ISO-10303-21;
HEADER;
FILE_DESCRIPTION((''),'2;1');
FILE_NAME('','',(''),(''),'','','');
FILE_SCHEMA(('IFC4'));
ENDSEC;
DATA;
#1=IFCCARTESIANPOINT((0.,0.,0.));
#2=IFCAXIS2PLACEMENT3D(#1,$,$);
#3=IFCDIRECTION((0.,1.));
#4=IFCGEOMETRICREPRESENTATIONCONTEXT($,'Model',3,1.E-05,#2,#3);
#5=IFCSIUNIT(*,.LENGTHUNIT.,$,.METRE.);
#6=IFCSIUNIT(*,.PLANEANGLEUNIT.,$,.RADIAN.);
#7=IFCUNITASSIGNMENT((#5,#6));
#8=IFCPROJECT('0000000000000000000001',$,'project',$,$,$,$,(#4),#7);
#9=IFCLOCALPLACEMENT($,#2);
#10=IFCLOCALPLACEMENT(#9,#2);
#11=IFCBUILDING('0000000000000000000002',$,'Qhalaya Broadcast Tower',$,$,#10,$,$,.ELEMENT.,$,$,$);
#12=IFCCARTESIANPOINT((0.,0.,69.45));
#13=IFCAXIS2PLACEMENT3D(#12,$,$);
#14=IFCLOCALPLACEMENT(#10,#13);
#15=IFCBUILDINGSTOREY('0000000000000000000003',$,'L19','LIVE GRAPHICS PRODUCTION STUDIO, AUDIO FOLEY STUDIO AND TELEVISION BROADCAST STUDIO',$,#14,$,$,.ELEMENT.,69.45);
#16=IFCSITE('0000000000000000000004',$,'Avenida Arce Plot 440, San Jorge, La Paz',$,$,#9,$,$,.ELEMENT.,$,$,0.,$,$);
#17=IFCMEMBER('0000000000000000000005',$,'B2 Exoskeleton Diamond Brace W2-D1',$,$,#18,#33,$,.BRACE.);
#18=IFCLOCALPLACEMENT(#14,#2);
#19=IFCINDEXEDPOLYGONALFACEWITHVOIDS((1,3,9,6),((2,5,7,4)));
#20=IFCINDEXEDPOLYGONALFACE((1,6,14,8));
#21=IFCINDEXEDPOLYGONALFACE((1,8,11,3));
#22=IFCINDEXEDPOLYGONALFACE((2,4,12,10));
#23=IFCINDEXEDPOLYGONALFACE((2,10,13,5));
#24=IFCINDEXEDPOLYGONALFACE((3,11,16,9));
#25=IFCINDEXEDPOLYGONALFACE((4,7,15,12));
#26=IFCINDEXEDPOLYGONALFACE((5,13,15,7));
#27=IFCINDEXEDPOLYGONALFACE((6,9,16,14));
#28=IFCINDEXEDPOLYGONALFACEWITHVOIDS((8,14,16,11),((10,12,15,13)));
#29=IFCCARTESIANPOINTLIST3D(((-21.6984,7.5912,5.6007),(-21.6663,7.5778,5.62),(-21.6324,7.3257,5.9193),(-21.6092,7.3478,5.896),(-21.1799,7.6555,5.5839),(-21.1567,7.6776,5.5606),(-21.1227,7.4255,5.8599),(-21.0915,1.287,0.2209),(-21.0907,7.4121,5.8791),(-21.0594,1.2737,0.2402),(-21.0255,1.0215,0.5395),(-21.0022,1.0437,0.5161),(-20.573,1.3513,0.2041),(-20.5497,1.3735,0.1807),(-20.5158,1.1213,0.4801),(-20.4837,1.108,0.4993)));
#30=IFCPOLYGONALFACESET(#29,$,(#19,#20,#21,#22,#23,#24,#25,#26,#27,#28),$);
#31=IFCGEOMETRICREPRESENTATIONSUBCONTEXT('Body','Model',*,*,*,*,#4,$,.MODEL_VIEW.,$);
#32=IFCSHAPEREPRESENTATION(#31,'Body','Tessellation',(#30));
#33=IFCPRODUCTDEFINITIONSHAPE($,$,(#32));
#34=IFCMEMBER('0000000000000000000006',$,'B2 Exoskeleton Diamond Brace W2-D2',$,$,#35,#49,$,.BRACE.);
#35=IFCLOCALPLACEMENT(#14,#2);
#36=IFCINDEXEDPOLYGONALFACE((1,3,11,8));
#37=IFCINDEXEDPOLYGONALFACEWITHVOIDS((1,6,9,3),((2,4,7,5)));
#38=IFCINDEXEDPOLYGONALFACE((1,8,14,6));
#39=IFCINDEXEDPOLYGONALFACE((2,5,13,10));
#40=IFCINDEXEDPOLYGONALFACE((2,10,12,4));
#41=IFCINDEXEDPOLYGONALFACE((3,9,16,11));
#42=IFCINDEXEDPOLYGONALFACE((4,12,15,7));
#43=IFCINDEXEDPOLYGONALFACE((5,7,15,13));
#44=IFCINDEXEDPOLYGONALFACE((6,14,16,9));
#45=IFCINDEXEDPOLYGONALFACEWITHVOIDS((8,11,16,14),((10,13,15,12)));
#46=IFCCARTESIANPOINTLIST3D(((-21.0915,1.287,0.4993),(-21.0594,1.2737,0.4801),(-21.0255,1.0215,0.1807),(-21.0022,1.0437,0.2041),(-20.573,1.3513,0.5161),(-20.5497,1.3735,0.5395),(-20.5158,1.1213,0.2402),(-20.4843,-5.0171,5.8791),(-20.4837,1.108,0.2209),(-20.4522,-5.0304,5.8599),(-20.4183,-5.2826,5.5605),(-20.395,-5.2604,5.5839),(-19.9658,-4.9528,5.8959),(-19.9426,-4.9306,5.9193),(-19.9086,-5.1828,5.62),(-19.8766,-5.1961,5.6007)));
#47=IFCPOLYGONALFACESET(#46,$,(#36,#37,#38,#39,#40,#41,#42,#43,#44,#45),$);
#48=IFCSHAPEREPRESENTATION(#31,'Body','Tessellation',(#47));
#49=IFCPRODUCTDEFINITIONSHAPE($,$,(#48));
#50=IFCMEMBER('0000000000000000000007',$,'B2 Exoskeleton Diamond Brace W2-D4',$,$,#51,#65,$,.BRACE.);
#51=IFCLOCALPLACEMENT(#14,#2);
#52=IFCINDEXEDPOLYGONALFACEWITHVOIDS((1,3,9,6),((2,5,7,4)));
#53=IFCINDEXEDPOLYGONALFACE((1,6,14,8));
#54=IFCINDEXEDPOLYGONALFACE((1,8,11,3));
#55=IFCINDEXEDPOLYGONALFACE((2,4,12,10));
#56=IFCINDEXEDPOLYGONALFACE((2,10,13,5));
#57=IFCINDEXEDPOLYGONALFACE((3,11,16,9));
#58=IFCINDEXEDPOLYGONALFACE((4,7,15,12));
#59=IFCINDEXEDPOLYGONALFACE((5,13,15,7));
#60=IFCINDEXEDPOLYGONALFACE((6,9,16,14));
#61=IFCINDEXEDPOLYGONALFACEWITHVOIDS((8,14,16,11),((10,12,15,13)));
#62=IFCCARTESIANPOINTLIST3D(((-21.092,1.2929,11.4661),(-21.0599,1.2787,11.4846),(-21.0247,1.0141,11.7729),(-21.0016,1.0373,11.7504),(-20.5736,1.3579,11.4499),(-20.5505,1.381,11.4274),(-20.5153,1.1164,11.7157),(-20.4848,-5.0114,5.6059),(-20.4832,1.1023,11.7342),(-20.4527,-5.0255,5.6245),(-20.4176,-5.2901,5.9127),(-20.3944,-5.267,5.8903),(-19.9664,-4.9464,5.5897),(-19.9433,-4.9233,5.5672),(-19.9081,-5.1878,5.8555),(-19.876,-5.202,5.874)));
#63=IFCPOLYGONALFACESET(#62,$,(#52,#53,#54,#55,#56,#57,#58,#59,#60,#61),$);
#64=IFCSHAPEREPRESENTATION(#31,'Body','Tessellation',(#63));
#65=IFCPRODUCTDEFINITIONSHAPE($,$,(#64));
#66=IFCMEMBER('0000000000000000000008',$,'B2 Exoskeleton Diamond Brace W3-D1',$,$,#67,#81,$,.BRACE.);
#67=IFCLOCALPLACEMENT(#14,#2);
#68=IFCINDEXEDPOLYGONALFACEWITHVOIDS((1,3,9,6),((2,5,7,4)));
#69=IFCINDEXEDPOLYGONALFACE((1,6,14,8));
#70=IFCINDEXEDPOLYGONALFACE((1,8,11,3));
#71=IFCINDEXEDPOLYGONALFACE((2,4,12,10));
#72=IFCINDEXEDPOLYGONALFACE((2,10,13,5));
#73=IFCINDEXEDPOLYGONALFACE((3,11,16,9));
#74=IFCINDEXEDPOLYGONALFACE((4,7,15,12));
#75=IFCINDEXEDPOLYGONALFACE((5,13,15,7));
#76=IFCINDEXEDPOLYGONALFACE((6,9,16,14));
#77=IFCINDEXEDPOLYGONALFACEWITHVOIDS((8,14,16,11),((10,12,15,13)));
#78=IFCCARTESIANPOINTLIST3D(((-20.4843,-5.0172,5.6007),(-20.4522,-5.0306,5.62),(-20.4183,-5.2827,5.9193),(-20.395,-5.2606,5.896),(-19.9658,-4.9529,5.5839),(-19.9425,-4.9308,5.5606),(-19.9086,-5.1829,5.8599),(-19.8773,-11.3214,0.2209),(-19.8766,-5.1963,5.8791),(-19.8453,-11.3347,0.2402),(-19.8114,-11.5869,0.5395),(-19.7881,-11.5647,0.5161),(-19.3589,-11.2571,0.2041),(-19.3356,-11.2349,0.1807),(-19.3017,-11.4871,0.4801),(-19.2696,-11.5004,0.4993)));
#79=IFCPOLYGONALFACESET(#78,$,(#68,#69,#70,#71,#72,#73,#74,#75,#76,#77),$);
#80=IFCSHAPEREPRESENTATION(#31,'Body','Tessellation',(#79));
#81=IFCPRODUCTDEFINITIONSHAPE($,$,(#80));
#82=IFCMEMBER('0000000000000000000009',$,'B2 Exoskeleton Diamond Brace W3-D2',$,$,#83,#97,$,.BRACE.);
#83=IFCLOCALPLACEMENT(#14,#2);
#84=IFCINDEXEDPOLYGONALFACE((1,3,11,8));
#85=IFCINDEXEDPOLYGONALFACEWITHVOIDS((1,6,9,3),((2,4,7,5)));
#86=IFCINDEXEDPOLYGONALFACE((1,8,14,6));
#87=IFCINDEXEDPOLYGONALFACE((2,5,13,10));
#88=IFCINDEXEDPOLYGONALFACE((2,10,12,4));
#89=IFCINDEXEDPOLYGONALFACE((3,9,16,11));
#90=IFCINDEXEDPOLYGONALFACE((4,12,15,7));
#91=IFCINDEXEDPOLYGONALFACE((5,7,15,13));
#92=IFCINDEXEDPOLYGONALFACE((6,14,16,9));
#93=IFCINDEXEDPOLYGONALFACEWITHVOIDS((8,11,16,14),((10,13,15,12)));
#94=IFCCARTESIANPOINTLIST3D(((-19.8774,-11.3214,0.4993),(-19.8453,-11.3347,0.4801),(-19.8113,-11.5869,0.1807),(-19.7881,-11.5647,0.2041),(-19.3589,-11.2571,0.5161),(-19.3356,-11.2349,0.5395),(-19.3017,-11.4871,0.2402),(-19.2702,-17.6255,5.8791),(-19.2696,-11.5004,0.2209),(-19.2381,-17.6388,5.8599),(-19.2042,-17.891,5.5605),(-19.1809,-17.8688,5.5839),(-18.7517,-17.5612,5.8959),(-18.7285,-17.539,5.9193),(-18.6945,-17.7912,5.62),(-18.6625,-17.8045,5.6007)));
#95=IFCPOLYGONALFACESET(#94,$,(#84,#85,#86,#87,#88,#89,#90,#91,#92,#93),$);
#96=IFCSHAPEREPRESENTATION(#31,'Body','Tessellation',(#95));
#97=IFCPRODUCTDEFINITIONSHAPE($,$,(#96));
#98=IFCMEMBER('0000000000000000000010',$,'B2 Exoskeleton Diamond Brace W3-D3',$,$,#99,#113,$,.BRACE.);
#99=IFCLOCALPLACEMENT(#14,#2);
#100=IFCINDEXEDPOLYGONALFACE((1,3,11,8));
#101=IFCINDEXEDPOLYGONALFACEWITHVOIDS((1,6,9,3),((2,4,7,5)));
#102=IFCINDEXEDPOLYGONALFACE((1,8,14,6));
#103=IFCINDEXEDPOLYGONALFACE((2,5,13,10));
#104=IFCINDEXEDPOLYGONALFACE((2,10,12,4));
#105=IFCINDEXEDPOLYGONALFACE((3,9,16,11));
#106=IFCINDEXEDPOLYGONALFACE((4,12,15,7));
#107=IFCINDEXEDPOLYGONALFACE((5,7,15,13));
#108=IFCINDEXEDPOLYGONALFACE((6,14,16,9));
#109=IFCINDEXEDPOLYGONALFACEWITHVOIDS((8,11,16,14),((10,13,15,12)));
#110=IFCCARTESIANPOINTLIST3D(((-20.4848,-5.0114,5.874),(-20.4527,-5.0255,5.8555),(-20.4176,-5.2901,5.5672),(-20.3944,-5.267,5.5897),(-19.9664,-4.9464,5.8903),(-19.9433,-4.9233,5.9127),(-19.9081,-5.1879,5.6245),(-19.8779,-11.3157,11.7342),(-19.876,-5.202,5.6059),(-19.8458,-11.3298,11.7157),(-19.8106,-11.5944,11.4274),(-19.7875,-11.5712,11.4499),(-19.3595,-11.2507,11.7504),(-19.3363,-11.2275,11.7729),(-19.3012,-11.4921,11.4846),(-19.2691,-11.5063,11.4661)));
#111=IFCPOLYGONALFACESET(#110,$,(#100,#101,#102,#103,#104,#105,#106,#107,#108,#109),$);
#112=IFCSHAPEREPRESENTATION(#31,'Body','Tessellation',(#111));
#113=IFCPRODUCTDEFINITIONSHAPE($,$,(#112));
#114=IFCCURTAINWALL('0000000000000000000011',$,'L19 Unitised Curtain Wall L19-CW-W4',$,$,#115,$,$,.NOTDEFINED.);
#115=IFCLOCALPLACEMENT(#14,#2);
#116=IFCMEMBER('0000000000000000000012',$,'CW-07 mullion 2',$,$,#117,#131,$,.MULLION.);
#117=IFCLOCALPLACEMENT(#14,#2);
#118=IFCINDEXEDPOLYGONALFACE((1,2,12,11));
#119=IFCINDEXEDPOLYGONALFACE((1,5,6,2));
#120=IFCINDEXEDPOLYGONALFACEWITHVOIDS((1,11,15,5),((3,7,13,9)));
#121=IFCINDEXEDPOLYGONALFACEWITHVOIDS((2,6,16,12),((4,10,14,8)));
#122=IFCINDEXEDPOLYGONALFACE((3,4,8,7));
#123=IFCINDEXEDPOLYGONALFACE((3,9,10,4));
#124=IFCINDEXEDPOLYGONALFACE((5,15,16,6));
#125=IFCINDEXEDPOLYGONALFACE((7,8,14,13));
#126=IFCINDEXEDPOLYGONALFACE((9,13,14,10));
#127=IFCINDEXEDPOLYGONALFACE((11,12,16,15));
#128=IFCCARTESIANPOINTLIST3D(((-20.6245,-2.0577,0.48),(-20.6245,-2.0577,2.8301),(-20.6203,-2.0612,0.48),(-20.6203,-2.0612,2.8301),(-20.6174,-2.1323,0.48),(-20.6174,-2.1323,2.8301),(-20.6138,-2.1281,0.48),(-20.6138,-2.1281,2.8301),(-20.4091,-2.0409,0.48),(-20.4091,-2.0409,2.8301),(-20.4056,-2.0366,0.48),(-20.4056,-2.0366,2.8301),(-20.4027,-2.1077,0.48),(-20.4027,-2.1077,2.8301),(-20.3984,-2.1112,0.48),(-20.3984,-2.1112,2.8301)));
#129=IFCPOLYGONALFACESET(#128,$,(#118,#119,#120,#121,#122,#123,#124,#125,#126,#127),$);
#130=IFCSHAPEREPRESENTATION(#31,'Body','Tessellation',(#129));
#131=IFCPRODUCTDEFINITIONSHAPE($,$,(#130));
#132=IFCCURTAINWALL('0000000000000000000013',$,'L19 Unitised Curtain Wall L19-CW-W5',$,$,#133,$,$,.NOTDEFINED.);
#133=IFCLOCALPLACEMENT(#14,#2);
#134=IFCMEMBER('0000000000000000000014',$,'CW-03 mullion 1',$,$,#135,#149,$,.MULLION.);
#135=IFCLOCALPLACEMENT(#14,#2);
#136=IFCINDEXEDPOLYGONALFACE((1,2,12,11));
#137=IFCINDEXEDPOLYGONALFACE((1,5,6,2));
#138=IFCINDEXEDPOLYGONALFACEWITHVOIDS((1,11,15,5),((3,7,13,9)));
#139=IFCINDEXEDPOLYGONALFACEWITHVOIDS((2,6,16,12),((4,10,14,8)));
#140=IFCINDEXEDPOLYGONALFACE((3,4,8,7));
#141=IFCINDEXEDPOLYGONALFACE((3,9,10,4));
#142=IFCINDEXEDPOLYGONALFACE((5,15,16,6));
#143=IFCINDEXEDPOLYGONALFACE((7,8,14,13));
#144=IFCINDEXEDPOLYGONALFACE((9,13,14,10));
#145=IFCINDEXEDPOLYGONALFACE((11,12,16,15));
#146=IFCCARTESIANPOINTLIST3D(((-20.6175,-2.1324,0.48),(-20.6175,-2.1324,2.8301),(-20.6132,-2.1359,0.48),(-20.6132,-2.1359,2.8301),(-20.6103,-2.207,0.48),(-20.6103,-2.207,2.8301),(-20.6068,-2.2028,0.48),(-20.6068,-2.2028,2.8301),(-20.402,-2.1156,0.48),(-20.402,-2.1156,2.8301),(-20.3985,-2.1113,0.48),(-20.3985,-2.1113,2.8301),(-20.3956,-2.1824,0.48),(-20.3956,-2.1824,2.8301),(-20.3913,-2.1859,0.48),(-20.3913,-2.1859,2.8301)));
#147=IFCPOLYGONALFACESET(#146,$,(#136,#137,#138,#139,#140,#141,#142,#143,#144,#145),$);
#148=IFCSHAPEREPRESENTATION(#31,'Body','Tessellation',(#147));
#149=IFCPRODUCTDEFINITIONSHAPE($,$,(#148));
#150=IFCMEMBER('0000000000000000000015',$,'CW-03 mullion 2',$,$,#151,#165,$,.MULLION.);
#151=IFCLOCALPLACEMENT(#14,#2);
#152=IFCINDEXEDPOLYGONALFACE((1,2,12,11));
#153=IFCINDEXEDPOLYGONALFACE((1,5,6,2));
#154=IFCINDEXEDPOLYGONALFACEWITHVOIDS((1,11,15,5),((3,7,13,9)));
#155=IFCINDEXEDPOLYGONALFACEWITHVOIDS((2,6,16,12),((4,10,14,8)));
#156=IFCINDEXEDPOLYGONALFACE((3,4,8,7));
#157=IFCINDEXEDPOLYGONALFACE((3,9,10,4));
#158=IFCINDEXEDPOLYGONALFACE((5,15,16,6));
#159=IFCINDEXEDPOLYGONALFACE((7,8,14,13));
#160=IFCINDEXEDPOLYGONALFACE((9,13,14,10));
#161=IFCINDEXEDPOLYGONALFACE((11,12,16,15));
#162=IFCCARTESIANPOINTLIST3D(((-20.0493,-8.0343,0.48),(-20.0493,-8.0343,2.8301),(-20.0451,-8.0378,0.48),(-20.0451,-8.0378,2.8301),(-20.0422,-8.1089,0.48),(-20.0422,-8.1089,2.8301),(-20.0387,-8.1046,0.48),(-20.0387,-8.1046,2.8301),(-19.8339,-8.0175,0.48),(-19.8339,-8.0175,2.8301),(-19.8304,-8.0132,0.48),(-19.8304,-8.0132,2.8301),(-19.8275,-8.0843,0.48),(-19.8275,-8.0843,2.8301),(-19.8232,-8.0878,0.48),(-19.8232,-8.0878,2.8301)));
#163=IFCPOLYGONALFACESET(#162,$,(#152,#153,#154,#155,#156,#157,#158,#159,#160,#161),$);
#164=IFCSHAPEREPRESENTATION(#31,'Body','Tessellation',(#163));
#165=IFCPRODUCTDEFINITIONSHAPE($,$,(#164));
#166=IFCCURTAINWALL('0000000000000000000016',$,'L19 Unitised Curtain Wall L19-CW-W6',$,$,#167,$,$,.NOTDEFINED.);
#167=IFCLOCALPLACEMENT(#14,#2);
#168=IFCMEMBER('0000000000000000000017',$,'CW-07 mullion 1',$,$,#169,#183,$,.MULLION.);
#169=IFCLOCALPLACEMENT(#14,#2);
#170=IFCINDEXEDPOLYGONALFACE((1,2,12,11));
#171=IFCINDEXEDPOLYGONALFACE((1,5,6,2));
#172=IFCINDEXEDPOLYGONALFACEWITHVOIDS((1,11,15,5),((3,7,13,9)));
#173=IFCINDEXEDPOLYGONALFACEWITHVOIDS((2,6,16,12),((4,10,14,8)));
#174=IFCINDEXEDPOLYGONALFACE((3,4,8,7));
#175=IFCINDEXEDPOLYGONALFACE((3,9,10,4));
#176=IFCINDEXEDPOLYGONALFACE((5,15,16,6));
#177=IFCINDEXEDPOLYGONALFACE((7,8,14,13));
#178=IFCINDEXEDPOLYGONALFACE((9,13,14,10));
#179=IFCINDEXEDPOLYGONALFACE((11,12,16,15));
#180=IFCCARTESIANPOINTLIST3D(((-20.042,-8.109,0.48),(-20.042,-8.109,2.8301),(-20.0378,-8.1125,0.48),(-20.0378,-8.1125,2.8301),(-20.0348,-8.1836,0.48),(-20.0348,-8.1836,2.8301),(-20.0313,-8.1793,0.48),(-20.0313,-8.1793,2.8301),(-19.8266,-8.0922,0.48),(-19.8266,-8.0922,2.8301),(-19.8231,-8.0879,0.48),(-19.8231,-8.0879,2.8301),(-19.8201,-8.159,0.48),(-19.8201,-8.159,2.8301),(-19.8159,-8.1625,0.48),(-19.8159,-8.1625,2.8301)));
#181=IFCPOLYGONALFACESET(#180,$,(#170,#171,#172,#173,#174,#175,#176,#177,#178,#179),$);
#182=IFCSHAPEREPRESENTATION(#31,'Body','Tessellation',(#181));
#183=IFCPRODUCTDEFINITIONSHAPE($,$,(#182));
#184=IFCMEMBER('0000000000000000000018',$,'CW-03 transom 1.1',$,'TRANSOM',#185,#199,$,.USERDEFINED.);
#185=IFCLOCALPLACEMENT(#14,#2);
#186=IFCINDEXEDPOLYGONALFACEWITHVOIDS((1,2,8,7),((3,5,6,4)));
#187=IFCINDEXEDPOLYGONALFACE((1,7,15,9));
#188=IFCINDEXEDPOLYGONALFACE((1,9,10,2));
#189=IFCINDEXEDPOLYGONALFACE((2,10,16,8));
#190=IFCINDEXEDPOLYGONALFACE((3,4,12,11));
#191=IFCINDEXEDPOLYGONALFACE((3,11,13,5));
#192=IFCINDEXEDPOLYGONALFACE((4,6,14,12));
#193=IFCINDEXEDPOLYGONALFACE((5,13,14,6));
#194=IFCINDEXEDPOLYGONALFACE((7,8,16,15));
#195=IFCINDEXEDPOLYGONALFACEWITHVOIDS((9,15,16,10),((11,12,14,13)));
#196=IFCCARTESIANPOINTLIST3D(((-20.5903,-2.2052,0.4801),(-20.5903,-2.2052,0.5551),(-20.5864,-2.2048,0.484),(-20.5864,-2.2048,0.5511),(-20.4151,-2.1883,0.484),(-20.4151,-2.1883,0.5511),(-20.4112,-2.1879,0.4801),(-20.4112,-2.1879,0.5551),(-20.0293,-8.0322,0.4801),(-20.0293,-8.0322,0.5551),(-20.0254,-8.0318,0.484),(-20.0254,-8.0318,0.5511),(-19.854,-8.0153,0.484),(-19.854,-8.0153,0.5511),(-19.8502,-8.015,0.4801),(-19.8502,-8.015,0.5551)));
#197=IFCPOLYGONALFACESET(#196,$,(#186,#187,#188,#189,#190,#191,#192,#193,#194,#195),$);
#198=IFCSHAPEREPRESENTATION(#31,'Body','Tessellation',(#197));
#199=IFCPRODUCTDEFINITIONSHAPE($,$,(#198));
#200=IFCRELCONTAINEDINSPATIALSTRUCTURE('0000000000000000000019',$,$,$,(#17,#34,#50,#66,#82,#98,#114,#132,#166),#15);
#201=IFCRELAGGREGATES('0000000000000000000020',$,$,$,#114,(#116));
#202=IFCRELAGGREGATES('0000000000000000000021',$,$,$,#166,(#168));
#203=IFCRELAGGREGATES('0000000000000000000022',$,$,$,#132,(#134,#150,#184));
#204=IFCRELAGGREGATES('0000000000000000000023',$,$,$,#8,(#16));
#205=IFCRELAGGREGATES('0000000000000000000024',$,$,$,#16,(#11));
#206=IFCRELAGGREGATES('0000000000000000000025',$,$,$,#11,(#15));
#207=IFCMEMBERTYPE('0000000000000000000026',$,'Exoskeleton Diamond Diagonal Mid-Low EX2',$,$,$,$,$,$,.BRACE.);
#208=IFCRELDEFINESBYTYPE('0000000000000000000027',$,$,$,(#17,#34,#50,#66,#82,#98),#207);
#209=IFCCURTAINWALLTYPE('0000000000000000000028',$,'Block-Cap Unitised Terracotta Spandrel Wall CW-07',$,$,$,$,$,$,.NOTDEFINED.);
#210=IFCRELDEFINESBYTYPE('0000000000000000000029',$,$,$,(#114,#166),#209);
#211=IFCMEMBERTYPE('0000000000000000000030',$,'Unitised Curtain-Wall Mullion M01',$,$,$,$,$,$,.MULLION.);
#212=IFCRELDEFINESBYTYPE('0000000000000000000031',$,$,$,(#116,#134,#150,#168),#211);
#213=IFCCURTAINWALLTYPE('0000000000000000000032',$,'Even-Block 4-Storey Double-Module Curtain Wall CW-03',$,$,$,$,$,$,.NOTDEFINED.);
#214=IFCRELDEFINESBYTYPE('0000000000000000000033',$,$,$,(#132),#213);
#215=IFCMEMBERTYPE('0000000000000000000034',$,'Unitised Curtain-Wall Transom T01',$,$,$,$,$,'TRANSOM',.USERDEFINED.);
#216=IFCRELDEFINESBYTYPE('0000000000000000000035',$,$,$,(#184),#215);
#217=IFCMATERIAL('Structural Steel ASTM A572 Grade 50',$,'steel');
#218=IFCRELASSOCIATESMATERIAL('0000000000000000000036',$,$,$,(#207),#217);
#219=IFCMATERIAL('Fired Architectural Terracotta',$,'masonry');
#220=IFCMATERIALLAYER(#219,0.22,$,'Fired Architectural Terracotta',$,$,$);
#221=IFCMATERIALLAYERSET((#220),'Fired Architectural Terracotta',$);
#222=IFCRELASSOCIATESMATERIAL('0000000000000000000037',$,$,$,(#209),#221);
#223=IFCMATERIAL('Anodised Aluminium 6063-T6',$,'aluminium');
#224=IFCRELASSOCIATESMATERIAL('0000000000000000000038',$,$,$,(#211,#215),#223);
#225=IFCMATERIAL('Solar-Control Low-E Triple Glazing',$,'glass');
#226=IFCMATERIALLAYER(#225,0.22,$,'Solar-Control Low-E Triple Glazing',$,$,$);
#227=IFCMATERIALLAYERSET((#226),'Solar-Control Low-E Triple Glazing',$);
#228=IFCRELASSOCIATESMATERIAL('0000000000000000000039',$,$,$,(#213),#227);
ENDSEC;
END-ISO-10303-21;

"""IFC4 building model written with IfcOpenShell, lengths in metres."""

from ifc_helpers import new_model, si_unit, direction, frame, origin, origin_2d, place, context, subcontext, project, spatial, hollow_rectangle, extrude, material, layer, layer_set, material_profile, profile_set, type_object, element, aggregate, save


model = new_model("IFC4")

# Units and contexts
model_context = context("Model", 3, precision=1e-05, world=origin(), true_north=direction((0.0, 1.0)))
body_context = subcontext(model_context, "Body", "Model", "MODEL_VIEW")
ifc_project = project(units=[si_unit("LENGTHUNIT", "METRE"), si_unit("PLANEANGLEUNIT", "RADIAN")], contexts=[model_context])

# Site, building, storey
site_placement = place(None, origin())
site = spatial("IfcSite", under=ifc_project, at=site_placement, Name="Avenida Arce Plot 440, San Jorge, La Paz", CompositionType="ELEMENT", RefElevation=0.0)
building_placement = place(site_placement, origin())
building = spatial("IfcBuilding", under=site, at=building_placement, Name="Qhalaya Broadcast Tower", CompositionType="ELEMENT")
storey_placement = place(building_placement, frame((0.0, 0.0, 69.45)))
storey = spatial("IfcBuildingStorey", under=building, at=storey_placement, Name="L19", Description="LIVE GRAPHICS PRODUCTION STUDIO, AUDIO FOLEY STUDIO AND TELEVISION BROADCAST STUDIO", CompositionType="ELEMENT", Elevation=69.45)

# Members
ifc_material_1 = material(Name="Structural Steel ASTM A572 Grade 50", Category="steel")
ifc_material_profile_1 = material_profile(ifc_material_1, hollow_rectangle(XDim=0.4199, YDim=0.55, WallThickness=0.0281, at=origin_2d()), Name="BOX 420x550x28")
ifc_profile_set_1 = profile_set([ifc_material_profile_1], Name="Structural Steel ASTM A572 Grade 50")
member_type_1 = type_object("IfcMemberType", Name="Exoskeleton Diamond Diagonal Mid-Low EX2", PredefinedType="BRACE", material=ifc_profile_set_1)
for number, where, z_axis, x_axis, name in (
    (1, (-20.7876, 1.1975, 0.3601), (-0.073037, 0.758637, 0.647406), (0.157161, -0.632275, 0.758636), "B2 Exoskeleton Diamond Brace W2-D1"),
    (2, (-20.7876, 1.1975, 0.3601), (0.073067, -0.758636, 0.647405), (-0.157185, 0.632268, 0.758637), "B2 Exoskeleton Diamond Brace W2-D2"),
):
    element("IfcMember", number, at=place(storey_placement, frame(where, z_axis=z_axis, x_axis=x_axis)), inside=storey, type_object=member_type_1, Name=name, PredefinedType="BRACE", context=body_context, shape_type="SweptSolid", body=[
        extrude(hollow_rectangle(XDim=0.4199, YDim=0.55, WallThickness=0.0281, at=origin_2d()), origin(), (0.0, 0.0, 1.0), 8.3098),
    ])
member_1_placement = place(storey_placement, frame((-20.1804, -5.1067, 5.74), z_axis=(-0.070368, 0.730618, 0.679151), x_axis=(0.160214, -0.663721, 0.73062)))
element("IfcMember", 3, at=member_1_placement, inside=storey, type_object=member_type_1, Name="B2 Exoskeleton Diamond Brace W2-D4", PredefinedType="BRACE", context=body_context, shape_type="SweptSolid", body=[
    extrude(hollow_rectangle(XDim=0.4199, YDim=0.55, WallThickness=0.0281, at=origin_2d()), origin(), (0.0, 0.0, 1.0), 8.6287),
])
for number, where, z_axis, x_axis, name in (
    (4, (-19.5735, -11.4109, 0.3601), (-0.073037, 0.758637, 0.647406), (0.157161, -0.632275, 0.758636), "B2 Exoskeleton Diamond Brace W3-D1"),
    (5, (-19.5735, -11.4109, 0.3601), (0.073067, -0.758636, 0.647405), (-0.157185, 0.632268, 0.758637), "B2 Exoskeleton Diamond Brace W3-D2"),
):
    element("IfcMember", number, at=place(storey_placement, frame(where, z_axis=z_axis, x_axis=x_axis)), inside=storey, type_object=member_type_1, Name=name, PredefinedType="BRACE", context=body_context, shape_type="SweptSolid", body=[
        extrude(hollow_rectangle(XDim=0.4199, YDim=0.55, WallThickness=0.0281, at=origin_2d()), origin(), (0.0, 0.0, 1.0), 8.3098),
    ])
member_2_placement = place(storey_placement, frame((-20.1804, -5.1067, 5.74), z_axis=(0.07034, -0.73062, 0.679152), x_axis=(-0.160189, 0.663729, 0.730619)))
element("IfcMember", 6, at=member_2_placement, inside=storey, type_object=member_type_1, Name="B2 Exoskeleton Diamond Brace W3-D3", PredefinedType="BRACE", context=body_context, shape_type="SweptSolid", body=[
    extrude(hollow_rectangle(XDim=0.4199, YDim=0.55, WallThickness=0.0281, at=origin_2d()), origin(), (0.0, 0.0, 1.0), 8.6287),
])

# Curtain wall, member
ifc_material_2 = material(Name="Fired Architectural Terracotta", Category="masonry")
ifc_layer_1 = layer(ifc_material_2, 0.22, Name="Fired Architectural Terracotta")
ifc_layer_set_1 = layer_set([ifc_layer_1], Name="Fired Architectural Terracotta")
curtain_wall_type_1 = type_object("IfcCurtainWallType", Name="Block-Cap Unitised Terracotta Spandrel Wall CW-07", PredefinedType="NOTDEFINED", material=ifc_layer_set_1)
curtain_wall_1_placement = place(storey_placement, origin())
curtain_wall_1 = element("IfcCurtainWall", 7, at=curtain_wall_1_placement, inside=storey, type_object=curtain_wall_type_1, Name="L19 Unitised Curtain Wall L19-CW-W4", PredefinedType="NOTDEFINED")
ifc_material_3 = material(Name="Anodised Aluminium 6063-T6", Category="aluminium")
ifc_material_profile_2 = material_profile(ifc_material_3, hollow_rectangle(XDim=0.075, YDim=0.22, WallThickness=0.0039, at=origin_2d()), Name="ALU-MUL 75x220x4")
ifc_profile_set_2 = profile_set([ifc_material_profile_2], Name="Anodised Aluminium 6063-T6")
member_type_2 = type_object("IfcMemberType", Name="Unitised Curtain-Wall Mullion M01", PredefinedType="MULLION", material=ifc_profile_set_2)
member_3_placement = place(storey_placement, frame((-20.5115, -2.0845, 0.48), z_axis=(0.0, 0.0, 1.0), x_axis=(0.095857, -0.995395, 0.0)))
member_3 = element("IfcMember", 8, at=member_3_placement, type_object=member_type_2, Name="CW-07 mullion 2", PredefinedType="MULLION", context=body_context, shape_type="SweptSolid", body=[
    extrude(hollow_rectangle(XDim=0.075, YDim=0.22, WallThickness=0.0039, at=origin_2d()), origin(), (0.0, 0.0, 1.0), 2.3501),
])

# Curtain wall, members
ifc_material_4 = material(Name="Solar-Control Low-E Triple Glazing", Category="glass")
ifc_layer_2 = layer(ifc_material_4, 0.22, Name="Solar-Control Low-E Triple Glazing")
ifc_layer_set_2 = layer_set([ifc_layer_2], Name="Solar-Control Low-E Triple Glazing")
curtain_wall_type_2 = type_object("IfcCurtainWallType", Name="Even-Block 4-Storey Double-Module Curtain Wall CW-03", PredefinedType="NOTDEFINED", material=ifc_layer_set_2)
curtain_wall_2_placement = place(storey_placement, origin())
curtain_wall_2 = element("IfcCurtainWall", 9, at=curtain_wall_2_placement, inside=storey, type_object=curtain_wall_type_2, Name="L19 Unitised Curtain Wall L19-CW-W5", PredefinedType="NOTDEFINED")
member_4_placement = place(storey_placement, frame((-20.5044, -2.1592, 0.48), z_axis=(0.0, 0.0, 1.0), x_axis=(0.095836, -0.995397, 0.0)))
member_4 = element("IfcMember", 10, at=member_4_placement, type_object=member_type_2, Name="CW-03 mullion 1", PredefinedType="MULLION", context=body_context, shape_type="SweptSolid", body=[
    extrude(hollow_rectangle(XDim=0.075, YDim=0.22, WallThickness=0.0039, at=origin_2d()), origin(), (0.0, 0.0, 1.0), 2.3501),
])
member_5_placement = place(storey_placement, frame((-19.9363, -8.061, 0.48), z_axis=(0.0, 0.0, 1.0), x_axis=(0.095836, -0.995397, 0.0)))
member_5 = element("IfcMember", 11, at=member_5_placement, type_object=member_type_2, Name="CW-03 mullion 2", PredefinedType="MULLION", context=body_context, shape_type="SweptSolid", body=[
    extrude(hollow_rectangle(XDim=0.075, YDim=0.22, WallThickness=0.0039, at=origin_2d()), origin(), (0.0, 0.0, 1.0), 2.3501),
])

# Curtain wall, member
curtain_wall_3_placement = place(storey_placement, origin())
curtain_wall_3 = element("IfcCurtainWall", 12, at=curtain_wall_3_placement, inside=storey, type_object=curtain_wall_type_1, Name="L19 Unitised Curtain Wall L19-CW-W6", PredefinedType="NOTDEFINED")
member_6_placement = place(storey_placement, frame((-19.929, -8.1357, 0.48), z_axis=(0.0, 0.0, 1.0), x_axis=(0.095858, -0.995395, 0.0)))
member_6 = element("IfcMember", 13, at=member_6_placement, type_object=member_type_2, Name="CW-07 mullion 1", PredefinedType="MULLION", context=body_context, shape_type="SweptSolid", body=[
    extrude(hollow_rectangle(XDim=0.075, YDim=0.22, WallThickness=0.0039, at=origin_2d()), origin(), (0.0, 0.0, 1.0), 2.3501),
])

# Member
ifc_material_profile_3 = material_profile(ifc_material_3, hollow_rectangle(XDim=0.075, YDim=0.1799, WallThickness=0.0039, at=origin_2d()), Name="ALU-TRN 75x180x4")
ifc_profile_set_3 = profile_set([ifc_material_profile_3], Name="Anodised Aluminium 6063-T6")
member_type_3 = type_object("IfcMemberType", Name="Unitised Curtain-Wall Transom T01", ElementType="TRANSOM", PredefinedType="USERDEFINED", material=ifc_profile_set_3)
member_7_placement = place(storey_placement, frame((-20.5007, -2.1965, 0.5176), z_axis=(0.095836, -0.995397, 0.0), x_axis=(0.0, 0.0, 1.0)))
member_7 = element("IfcMember", 14, at=member_7_placement, type_object=member_type_3, Name="CW-03 transom 1.1", ObjectType="TRANSOM", PredefinedType="USERDEFINED", context=body_context, shape_type="SweptSolid", body=[
    extrude(hollow_rectangle(XDim=0.075, YDim=0.1799, WallThickness=0.0039, at=origin_2d()), origin(), (0.0, 0.0, 1.0), 5.854),
])

aggregate(curtain_wall_1, [member_3])
aggregate(curtain_wall_3, [member_6])
aggregate(curtain_wall_2, [member_4, member_5, member_7])

save(model, "model.ifc")
